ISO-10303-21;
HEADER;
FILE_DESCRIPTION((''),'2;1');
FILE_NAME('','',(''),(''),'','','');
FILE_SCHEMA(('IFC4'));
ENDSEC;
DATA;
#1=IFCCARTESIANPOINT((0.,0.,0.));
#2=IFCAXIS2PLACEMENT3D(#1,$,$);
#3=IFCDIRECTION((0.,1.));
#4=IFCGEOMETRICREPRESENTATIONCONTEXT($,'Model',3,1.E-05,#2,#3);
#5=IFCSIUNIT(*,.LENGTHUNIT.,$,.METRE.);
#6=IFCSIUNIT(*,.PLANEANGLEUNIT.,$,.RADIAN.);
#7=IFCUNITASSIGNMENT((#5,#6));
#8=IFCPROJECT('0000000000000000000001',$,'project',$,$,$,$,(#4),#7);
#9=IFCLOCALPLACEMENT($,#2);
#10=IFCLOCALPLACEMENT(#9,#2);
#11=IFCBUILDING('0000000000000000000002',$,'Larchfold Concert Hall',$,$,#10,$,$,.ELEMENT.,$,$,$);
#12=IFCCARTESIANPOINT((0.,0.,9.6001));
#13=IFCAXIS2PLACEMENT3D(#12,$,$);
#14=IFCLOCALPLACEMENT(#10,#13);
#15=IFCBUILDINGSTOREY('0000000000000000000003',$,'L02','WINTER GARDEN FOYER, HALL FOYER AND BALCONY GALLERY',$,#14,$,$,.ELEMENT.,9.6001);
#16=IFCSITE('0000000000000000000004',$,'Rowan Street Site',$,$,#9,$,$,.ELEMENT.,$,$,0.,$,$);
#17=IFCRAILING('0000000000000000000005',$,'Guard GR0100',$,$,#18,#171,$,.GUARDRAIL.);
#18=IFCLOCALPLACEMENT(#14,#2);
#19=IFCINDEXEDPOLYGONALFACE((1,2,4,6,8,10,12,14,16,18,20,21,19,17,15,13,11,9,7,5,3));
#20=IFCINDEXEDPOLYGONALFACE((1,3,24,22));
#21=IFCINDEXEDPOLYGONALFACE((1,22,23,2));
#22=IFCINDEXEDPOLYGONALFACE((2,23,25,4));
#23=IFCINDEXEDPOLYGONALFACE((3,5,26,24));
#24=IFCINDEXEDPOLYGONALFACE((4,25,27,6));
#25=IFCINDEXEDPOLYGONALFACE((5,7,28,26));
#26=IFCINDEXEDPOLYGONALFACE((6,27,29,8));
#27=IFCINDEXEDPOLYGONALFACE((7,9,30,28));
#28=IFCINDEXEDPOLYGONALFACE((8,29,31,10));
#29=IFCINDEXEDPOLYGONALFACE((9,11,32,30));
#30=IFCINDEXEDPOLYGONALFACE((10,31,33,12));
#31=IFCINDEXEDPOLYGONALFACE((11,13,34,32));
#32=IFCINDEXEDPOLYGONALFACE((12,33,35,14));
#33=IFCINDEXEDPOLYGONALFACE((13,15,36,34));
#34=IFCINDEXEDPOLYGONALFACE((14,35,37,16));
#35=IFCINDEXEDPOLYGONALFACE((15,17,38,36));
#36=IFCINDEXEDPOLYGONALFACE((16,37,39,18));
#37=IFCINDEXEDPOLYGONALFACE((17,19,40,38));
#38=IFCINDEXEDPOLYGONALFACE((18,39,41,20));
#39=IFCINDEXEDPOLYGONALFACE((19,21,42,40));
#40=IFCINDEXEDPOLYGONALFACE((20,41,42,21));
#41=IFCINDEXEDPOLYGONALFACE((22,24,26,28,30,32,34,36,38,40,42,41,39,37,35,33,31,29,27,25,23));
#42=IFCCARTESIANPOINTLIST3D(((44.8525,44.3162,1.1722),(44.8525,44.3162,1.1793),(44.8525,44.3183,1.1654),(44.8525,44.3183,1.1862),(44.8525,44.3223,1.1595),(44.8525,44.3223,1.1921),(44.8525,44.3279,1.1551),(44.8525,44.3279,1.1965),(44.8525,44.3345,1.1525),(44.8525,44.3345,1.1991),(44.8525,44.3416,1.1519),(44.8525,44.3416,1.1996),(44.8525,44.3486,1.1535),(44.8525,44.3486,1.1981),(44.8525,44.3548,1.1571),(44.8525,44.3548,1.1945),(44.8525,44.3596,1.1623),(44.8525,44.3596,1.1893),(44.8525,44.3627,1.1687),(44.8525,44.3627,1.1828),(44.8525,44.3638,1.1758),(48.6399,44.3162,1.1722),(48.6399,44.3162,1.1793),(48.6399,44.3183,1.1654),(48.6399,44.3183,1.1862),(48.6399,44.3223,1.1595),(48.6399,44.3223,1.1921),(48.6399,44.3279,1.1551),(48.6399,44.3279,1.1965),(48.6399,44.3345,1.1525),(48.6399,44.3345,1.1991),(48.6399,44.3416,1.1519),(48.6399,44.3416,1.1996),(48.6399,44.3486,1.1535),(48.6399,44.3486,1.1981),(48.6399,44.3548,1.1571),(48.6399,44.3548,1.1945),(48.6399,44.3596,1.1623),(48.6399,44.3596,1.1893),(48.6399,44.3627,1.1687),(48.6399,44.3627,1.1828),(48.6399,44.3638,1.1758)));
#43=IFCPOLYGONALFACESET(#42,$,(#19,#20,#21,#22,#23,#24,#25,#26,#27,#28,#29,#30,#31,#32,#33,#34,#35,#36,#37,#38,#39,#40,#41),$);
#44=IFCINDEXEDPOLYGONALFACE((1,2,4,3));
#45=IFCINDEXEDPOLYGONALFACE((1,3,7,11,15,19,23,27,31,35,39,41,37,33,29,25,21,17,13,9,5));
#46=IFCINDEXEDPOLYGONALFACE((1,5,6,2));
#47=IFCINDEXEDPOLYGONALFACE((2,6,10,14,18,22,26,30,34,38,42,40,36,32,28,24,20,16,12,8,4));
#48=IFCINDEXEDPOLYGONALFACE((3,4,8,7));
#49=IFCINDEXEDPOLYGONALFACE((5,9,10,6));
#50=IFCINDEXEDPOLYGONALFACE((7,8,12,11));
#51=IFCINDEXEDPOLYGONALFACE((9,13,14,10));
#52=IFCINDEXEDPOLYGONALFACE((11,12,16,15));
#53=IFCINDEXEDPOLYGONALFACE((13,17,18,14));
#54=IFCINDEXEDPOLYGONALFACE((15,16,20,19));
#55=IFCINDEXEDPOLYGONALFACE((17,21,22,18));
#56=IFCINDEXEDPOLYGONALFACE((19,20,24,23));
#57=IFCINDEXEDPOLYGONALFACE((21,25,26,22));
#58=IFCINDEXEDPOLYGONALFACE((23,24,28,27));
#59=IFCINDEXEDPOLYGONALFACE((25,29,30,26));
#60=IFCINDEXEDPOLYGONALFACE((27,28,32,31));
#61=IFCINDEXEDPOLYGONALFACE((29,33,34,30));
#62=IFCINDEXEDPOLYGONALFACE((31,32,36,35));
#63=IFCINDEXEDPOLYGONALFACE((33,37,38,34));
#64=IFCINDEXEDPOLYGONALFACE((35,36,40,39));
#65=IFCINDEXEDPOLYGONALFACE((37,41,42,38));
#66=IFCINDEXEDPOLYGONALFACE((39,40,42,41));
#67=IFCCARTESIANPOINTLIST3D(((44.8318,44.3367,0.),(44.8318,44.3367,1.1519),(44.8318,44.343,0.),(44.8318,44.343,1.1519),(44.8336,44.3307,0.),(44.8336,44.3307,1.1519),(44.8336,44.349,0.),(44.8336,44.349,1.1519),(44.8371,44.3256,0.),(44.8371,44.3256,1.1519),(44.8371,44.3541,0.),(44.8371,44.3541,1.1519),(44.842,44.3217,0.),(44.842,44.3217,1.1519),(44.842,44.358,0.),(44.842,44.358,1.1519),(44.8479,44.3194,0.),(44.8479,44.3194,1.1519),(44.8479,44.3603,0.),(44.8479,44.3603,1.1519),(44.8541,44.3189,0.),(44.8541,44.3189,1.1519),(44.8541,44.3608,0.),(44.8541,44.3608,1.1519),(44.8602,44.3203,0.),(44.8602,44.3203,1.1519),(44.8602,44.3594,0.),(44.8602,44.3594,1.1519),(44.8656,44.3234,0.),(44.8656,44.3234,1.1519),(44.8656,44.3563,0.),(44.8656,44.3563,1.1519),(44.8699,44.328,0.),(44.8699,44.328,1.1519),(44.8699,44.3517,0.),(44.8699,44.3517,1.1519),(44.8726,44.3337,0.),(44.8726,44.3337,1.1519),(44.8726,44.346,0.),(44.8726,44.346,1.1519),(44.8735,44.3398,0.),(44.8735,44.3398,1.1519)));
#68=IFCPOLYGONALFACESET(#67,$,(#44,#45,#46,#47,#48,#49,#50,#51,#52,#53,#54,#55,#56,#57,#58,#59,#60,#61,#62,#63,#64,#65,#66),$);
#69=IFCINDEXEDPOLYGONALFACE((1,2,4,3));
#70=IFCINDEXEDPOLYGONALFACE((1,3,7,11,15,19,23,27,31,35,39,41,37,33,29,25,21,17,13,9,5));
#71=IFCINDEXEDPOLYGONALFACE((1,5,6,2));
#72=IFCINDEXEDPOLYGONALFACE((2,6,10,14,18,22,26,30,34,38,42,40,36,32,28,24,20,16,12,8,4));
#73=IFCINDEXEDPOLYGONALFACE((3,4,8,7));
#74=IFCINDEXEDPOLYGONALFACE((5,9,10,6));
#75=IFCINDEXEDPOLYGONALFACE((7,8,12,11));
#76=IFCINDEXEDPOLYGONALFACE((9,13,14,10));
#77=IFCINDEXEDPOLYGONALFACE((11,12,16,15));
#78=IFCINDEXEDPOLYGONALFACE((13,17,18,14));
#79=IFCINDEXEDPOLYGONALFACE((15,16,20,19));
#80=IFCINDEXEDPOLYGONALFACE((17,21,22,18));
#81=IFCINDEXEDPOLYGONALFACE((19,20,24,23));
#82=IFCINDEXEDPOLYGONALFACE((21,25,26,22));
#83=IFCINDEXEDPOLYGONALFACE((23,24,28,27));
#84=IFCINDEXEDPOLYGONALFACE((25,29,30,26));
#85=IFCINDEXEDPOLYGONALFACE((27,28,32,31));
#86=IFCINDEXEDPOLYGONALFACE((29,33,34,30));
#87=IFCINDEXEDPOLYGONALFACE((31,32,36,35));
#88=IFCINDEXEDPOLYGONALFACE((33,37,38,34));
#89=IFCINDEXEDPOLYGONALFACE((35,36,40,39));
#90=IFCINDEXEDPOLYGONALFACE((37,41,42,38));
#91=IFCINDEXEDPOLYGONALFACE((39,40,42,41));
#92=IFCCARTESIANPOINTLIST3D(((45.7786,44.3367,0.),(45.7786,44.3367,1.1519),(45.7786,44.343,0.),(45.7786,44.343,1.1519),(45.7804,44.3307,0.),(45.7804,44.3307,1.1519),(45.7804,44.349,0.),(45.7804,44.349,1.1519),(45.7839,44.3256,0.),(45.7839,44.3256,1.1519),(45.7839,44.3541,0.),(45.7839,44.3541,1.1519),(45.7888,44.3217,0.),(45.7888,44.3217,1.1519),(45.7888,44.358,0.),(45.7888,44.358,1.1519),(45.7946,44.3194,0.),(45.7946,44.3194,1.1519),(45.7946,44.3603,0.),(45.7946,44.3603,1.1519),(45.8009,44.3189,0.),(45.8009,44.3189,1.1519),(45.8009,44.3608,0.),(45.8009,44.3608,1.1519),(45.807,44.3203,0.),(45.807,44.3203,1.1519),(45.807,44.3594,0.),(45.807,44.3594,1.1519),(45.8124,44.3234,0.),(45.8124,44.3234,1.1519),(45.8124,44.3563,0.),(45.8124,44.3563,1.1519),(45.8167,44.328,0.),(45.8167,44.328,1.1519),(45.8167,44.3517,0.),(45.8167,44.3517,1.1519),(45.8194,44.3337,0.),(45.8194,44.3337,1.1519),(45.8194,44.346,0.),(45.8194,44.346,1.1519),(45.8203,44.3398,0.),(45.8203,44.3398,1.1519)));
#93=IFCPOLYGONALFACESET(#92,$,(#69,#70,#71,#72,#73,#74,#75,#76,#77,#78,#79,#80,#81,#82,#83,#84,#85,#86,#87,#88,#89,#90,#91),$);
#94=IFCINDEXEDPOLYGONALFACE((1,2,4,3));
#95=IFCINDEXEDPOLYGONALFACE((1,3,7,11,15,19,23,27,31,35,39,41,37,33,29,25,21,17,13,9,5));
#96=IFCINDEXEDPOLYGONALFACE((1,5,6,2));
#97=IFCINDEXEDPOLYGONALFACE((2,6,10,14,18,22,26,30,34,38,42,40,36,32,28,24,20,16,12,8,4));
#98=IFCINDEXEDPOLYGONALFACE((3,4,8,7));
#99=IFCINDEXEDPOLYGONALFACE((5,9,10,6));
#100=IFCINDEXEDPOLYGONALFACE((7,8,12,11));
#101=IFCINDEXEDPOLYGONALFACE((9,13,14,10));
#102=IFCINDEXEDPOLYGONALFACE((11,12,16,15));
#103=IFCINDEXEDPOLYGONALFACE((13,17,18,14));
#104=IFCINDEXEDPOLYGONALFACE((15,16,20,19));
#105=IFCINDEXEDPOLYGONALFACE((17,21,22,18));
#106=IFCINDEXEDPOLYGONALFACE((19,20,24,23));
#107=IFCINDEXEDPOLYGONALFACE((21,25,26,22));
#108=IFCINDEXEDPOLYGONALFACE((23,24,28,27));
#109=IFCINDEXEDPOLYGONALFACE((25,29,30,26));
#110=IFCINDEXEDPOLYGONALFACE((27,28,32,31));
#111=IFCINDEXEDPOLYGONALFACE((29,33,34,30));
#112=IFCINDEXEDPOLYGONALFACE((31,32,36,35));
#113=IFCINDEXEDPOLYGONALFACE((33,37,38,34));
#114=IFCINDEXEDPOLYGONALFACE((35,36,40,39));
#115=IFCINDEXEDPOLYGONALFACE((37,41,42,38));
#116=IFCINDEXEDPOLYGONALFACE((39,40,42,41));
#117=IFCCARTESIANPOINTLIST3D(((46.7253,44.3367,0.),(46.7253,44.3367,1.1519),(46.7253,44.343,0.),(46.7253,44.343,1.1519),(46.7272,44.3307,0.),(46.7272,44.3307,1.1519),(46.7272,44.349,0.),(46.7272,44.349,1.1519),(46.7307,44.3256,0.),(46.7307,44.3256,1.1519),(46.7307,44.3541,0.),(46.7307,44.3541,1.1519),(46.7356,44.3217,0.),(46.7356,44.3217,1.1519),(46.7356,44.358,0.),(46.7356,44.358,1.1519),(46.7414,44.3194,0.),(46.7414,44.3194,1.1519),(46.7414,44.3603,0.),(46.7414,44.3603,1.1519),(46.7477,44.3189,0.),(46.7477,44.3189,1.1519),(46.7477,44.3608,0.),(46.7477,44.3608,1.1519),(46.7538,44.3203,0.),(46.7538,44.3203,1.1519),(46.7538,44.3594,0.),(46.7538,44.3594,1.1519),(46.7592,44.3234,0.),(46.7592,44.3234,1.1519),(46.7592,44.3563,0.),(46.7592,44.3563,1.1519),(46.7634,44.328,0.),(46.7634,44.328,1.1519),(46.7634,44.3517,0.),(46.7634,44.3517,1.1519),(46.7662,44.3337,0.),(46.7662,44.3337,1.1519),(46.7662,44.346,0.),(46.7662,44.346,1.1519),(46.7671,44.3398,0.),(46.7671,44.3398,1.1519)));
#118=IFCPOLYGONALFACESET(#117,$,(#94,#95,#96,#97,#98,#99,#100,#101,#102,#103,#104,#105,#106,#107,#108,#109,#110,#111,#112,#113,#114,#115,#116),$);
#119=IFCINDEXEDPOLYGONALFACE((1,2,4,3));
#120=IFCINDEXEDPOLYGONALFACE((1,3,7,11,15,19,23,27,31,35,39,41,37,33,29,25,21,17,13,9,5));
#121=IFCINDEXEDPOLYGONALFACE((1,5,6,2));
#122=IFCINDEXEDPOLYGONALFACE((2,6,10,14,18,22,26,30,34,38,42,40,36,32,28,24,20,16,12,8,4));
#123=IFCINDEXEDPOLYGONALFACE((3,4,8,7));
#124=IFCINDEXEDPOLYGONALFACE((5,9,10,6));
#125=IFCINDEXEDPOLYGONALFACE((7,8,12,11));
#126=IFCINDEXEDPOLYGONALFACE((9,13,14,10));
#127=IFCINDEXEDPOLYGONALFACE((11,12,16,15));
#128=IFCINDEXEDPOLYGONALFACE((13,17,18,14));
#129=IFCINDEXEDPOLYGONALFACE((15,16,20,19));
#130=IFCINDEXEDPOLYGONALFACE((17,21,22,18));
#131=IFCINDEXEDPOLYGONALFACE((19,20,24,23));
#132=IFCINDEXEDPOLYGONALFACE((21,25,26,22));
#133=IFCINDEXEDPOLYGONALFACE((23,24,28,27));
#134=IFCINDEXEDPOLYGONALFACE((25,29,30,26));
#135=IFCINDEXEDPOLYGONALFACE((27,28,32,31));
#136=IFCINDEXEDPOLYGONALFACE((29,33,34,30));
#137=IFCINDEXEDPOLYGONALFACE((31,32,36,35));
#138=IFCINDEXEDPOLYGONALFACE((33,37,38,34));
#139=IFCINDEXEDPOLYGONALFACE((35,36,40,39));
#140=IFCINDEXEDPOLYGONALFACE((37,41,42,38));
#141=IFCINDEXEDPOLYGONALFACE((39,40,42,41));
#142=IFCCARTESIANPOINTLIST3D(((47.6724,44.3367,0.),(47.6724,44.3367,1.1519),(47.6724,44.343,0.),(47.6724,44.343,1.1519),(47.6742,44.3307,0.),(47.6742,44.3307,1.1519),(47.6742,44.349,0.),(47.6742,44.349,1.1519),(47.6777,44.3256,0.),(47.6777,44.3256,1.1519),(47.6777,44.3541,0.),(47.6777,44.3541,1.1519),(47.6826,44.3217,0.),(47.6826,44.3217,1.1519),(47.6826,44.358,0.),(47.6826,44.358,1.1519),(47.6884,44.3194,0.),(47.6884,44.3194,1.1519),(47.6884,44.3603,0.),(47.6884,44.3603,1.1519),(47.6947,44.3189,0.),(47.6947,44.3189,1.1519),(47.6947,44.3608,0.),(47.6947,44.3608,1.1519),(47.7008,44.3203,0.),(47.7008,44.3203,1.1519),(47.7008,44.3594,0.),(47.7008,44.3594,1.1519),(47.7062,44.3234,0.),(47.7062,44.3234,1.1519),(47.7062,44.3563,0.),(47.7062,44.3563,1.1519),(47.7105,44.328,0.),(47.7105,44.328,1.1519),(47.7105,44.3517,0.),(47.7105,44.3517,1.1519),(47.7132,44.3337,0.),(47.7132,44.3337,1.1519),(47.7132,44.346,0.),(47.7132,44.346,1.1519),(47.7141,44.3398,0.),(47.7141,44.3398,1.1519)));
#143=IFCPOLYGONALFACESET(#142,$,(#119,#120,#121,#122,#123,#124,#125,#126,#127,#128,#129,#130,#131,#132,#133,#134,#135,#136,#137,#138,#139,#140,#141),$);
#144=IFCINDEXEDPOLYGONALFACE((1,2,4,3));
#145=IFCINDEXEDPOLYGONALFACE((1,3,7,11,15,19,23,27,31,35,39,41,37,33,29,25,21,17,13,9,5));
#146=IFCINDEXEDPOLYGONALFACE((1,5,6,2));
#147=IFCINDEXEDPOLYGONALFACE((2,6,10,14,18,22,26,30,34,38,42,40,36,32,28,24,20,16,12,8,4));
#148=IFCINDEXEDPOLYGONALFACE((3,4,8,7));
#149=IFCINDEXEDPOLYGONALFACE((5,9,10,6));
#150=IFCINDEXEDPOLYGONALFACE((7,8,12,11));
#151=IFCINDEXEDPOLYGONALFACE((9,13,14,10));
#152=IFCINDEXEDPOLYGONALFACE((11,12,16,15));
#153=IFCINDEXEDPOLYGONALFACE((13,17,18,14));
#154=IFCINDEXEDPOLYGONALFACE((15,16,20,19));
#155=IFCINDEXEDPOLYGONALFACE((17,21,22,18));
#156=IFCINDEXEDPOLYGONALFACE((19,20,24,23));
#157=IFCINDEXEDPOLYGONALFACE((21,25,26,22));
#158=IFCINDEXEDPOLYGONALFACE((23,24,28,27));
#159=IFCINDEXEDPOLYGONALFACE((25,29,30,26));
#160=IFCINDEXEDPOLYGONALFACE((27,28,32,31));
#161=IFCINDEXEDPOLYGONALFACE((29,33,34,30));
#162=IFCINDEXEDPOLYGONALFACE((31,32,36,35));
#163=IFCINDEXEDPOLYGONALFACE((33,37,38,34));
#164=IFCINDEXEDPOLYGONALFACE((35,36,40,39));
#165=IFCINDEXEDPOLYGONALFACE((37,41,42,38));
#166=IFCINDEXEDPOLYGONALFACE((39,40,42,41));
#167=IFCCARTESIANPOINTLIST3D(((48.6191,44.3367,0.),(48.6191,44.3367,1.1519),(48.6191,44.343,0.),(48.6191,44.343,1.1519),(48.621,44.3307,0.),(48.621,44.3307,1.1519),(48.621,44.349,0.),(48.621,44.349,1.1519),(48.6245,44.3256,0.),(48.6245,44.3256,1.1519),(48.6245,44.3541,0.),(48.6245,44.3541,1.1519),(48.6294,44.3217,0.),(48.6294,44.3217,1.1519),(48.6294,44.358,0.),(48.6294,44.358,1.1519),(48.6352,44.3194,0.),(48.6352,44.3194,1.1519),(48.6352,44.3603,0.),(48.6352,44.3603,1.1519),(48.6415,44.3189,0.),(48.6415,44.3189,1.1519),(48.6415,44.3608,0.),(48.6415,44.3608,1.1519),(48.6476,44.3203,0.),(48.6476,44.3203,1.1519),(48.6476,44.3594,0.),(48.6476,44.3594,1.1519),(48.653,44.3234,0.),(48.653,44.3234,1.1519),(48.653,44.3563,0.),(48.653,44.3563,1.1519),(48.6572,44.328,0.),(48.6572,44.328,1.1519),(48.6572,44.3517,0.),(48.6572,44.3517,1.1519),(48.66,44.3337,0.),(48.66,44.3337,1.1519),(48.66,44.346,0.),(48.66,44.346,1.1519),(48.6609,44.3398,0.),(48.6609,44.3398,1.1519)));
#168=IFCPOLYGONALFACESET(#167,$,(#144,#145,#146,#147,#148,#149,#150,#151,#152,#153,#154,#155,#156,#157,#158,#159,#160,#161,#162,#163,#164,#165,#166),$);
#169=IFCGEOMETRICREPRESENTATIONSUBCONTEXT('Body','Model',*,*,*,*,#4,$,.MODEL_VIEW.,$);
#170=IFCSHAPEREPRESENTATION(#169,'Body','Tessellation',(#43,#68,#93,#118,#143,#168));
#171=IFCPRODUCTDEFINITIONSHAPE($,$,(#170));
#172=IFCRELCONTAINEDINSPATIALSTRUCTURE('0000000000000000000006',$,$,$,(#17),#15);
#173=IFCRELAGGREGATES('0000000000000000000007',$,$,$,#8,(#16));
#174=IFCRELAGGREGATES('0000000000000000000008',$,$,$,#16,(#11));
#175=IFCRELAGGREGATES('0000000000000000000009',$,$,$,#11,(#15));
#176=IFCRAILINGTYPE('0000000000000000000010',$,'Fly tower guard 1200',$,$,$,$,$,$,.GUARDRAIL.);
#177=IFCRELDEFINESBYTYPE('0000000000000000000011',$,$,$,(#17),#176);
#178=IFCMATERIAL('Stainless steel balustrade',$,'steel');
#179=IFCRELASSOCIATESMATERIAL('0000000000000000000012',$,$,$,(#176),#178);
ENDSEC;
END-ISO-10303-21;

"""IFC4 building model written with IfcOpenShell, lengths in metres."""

from ifc_helpers import new_model, si_unit, direction, frame, origin, origin_2d, place, context, subcontext, project, spatial, circle, extrude, material, type_object, element, save


model = new_model("IFC4")

# Units and contexts
model_context = context("Model", 3, precision=1e-05, world=origin(), true_north=direction((0.0, 1.0)))
body_context = subcontext(model_context, "Body", "Model", "MODEL_VIEW")
ifc_project = project(units=[si_unit("LENGTHUNIT", "METRE"), si_unit("PLANEANGLEUNIT", "RADIAN")], contexts=[model_context])

# Site, building, storey
site_placement = place(None, origin())
site = spatial("IfcSite", under=ifc_project, at=site_placement, Name="Rowan Street Site", CompositionType="ELEMENT", RefElevation=0.0)
building_placement = place(site_placement, origin())
building = spatial("IfcBuilding", under=site, at=building_placement, Name="Larchfold Concert Hall", CompositionType="ELEMENT")
storey_placement = place(building_placement, frame((0.0, 0.0, 9.6001)))
storey = spatial("IfcBuildingStorey", under=building, at=storey_placement, Name="L02", Description="WINTER GARDEN FOYER, HALL FOYER AND BALCONY GALLERY", CompositionType="ELEMENT", Elevation=9.6001)

# Railing
ifc_material_1 = material(Name="Stainless steel balustrade", Category="steel")
railing_type = type_object("IfcRailingType", Name="Fly tower guard 1200", PredefinedType="GUARDRAIL", material=ifc_material_1)
railing_1_placement = place(storey_placement, frame((44.8525, 44.3398, 0.0)))
element("IfcRailing", 1, at=railing_1_placement, inside=storey, type_object=railing_type, Name="Guard GR0100", PredefinedType="GUARDRAIL", context=body_context, shape_type="SweptSolid", body=[
    extrude(circle(Radius=0.0239, at=origin_2d()), frame((0.0, 0.0, 1.1758), z_axis=(1.0, 0.0, 0.0), x_axis=(0.0, 1.0, 0.0)), (0.0, 0.0, 1.0), 3.7874),
    extrude(circle(Radius=0.021, at=origin_2d()), origin(), (0.0, 0.0, 1.0), 1.1519),
    extrude(circle(Radius=0.021, at=origin_2d()), frame((0.9468, 0.0, 0.0)), (0.0, 0.0, 1.0), 1.1519),
    extrude(circle(Radius=0.021, at=origin_2d()), frame((1.8936, 0.0, 0.0)), (0.0, 0.0, 1.0), 1.1519),
    extrude(circle(Radius=0.021, at=origin_2d()), frame((2.8406, 0.0, 0.0)), (0.0, 0.0, 1.0), 1.1519),
    extrude(circle(Radius=0.021, at=origin_2d()), frame((3.7874, 0.0, 0.0)), (0.0, 0.0, 1.0), 1.1519),
])

save(model, "model.ifc")
